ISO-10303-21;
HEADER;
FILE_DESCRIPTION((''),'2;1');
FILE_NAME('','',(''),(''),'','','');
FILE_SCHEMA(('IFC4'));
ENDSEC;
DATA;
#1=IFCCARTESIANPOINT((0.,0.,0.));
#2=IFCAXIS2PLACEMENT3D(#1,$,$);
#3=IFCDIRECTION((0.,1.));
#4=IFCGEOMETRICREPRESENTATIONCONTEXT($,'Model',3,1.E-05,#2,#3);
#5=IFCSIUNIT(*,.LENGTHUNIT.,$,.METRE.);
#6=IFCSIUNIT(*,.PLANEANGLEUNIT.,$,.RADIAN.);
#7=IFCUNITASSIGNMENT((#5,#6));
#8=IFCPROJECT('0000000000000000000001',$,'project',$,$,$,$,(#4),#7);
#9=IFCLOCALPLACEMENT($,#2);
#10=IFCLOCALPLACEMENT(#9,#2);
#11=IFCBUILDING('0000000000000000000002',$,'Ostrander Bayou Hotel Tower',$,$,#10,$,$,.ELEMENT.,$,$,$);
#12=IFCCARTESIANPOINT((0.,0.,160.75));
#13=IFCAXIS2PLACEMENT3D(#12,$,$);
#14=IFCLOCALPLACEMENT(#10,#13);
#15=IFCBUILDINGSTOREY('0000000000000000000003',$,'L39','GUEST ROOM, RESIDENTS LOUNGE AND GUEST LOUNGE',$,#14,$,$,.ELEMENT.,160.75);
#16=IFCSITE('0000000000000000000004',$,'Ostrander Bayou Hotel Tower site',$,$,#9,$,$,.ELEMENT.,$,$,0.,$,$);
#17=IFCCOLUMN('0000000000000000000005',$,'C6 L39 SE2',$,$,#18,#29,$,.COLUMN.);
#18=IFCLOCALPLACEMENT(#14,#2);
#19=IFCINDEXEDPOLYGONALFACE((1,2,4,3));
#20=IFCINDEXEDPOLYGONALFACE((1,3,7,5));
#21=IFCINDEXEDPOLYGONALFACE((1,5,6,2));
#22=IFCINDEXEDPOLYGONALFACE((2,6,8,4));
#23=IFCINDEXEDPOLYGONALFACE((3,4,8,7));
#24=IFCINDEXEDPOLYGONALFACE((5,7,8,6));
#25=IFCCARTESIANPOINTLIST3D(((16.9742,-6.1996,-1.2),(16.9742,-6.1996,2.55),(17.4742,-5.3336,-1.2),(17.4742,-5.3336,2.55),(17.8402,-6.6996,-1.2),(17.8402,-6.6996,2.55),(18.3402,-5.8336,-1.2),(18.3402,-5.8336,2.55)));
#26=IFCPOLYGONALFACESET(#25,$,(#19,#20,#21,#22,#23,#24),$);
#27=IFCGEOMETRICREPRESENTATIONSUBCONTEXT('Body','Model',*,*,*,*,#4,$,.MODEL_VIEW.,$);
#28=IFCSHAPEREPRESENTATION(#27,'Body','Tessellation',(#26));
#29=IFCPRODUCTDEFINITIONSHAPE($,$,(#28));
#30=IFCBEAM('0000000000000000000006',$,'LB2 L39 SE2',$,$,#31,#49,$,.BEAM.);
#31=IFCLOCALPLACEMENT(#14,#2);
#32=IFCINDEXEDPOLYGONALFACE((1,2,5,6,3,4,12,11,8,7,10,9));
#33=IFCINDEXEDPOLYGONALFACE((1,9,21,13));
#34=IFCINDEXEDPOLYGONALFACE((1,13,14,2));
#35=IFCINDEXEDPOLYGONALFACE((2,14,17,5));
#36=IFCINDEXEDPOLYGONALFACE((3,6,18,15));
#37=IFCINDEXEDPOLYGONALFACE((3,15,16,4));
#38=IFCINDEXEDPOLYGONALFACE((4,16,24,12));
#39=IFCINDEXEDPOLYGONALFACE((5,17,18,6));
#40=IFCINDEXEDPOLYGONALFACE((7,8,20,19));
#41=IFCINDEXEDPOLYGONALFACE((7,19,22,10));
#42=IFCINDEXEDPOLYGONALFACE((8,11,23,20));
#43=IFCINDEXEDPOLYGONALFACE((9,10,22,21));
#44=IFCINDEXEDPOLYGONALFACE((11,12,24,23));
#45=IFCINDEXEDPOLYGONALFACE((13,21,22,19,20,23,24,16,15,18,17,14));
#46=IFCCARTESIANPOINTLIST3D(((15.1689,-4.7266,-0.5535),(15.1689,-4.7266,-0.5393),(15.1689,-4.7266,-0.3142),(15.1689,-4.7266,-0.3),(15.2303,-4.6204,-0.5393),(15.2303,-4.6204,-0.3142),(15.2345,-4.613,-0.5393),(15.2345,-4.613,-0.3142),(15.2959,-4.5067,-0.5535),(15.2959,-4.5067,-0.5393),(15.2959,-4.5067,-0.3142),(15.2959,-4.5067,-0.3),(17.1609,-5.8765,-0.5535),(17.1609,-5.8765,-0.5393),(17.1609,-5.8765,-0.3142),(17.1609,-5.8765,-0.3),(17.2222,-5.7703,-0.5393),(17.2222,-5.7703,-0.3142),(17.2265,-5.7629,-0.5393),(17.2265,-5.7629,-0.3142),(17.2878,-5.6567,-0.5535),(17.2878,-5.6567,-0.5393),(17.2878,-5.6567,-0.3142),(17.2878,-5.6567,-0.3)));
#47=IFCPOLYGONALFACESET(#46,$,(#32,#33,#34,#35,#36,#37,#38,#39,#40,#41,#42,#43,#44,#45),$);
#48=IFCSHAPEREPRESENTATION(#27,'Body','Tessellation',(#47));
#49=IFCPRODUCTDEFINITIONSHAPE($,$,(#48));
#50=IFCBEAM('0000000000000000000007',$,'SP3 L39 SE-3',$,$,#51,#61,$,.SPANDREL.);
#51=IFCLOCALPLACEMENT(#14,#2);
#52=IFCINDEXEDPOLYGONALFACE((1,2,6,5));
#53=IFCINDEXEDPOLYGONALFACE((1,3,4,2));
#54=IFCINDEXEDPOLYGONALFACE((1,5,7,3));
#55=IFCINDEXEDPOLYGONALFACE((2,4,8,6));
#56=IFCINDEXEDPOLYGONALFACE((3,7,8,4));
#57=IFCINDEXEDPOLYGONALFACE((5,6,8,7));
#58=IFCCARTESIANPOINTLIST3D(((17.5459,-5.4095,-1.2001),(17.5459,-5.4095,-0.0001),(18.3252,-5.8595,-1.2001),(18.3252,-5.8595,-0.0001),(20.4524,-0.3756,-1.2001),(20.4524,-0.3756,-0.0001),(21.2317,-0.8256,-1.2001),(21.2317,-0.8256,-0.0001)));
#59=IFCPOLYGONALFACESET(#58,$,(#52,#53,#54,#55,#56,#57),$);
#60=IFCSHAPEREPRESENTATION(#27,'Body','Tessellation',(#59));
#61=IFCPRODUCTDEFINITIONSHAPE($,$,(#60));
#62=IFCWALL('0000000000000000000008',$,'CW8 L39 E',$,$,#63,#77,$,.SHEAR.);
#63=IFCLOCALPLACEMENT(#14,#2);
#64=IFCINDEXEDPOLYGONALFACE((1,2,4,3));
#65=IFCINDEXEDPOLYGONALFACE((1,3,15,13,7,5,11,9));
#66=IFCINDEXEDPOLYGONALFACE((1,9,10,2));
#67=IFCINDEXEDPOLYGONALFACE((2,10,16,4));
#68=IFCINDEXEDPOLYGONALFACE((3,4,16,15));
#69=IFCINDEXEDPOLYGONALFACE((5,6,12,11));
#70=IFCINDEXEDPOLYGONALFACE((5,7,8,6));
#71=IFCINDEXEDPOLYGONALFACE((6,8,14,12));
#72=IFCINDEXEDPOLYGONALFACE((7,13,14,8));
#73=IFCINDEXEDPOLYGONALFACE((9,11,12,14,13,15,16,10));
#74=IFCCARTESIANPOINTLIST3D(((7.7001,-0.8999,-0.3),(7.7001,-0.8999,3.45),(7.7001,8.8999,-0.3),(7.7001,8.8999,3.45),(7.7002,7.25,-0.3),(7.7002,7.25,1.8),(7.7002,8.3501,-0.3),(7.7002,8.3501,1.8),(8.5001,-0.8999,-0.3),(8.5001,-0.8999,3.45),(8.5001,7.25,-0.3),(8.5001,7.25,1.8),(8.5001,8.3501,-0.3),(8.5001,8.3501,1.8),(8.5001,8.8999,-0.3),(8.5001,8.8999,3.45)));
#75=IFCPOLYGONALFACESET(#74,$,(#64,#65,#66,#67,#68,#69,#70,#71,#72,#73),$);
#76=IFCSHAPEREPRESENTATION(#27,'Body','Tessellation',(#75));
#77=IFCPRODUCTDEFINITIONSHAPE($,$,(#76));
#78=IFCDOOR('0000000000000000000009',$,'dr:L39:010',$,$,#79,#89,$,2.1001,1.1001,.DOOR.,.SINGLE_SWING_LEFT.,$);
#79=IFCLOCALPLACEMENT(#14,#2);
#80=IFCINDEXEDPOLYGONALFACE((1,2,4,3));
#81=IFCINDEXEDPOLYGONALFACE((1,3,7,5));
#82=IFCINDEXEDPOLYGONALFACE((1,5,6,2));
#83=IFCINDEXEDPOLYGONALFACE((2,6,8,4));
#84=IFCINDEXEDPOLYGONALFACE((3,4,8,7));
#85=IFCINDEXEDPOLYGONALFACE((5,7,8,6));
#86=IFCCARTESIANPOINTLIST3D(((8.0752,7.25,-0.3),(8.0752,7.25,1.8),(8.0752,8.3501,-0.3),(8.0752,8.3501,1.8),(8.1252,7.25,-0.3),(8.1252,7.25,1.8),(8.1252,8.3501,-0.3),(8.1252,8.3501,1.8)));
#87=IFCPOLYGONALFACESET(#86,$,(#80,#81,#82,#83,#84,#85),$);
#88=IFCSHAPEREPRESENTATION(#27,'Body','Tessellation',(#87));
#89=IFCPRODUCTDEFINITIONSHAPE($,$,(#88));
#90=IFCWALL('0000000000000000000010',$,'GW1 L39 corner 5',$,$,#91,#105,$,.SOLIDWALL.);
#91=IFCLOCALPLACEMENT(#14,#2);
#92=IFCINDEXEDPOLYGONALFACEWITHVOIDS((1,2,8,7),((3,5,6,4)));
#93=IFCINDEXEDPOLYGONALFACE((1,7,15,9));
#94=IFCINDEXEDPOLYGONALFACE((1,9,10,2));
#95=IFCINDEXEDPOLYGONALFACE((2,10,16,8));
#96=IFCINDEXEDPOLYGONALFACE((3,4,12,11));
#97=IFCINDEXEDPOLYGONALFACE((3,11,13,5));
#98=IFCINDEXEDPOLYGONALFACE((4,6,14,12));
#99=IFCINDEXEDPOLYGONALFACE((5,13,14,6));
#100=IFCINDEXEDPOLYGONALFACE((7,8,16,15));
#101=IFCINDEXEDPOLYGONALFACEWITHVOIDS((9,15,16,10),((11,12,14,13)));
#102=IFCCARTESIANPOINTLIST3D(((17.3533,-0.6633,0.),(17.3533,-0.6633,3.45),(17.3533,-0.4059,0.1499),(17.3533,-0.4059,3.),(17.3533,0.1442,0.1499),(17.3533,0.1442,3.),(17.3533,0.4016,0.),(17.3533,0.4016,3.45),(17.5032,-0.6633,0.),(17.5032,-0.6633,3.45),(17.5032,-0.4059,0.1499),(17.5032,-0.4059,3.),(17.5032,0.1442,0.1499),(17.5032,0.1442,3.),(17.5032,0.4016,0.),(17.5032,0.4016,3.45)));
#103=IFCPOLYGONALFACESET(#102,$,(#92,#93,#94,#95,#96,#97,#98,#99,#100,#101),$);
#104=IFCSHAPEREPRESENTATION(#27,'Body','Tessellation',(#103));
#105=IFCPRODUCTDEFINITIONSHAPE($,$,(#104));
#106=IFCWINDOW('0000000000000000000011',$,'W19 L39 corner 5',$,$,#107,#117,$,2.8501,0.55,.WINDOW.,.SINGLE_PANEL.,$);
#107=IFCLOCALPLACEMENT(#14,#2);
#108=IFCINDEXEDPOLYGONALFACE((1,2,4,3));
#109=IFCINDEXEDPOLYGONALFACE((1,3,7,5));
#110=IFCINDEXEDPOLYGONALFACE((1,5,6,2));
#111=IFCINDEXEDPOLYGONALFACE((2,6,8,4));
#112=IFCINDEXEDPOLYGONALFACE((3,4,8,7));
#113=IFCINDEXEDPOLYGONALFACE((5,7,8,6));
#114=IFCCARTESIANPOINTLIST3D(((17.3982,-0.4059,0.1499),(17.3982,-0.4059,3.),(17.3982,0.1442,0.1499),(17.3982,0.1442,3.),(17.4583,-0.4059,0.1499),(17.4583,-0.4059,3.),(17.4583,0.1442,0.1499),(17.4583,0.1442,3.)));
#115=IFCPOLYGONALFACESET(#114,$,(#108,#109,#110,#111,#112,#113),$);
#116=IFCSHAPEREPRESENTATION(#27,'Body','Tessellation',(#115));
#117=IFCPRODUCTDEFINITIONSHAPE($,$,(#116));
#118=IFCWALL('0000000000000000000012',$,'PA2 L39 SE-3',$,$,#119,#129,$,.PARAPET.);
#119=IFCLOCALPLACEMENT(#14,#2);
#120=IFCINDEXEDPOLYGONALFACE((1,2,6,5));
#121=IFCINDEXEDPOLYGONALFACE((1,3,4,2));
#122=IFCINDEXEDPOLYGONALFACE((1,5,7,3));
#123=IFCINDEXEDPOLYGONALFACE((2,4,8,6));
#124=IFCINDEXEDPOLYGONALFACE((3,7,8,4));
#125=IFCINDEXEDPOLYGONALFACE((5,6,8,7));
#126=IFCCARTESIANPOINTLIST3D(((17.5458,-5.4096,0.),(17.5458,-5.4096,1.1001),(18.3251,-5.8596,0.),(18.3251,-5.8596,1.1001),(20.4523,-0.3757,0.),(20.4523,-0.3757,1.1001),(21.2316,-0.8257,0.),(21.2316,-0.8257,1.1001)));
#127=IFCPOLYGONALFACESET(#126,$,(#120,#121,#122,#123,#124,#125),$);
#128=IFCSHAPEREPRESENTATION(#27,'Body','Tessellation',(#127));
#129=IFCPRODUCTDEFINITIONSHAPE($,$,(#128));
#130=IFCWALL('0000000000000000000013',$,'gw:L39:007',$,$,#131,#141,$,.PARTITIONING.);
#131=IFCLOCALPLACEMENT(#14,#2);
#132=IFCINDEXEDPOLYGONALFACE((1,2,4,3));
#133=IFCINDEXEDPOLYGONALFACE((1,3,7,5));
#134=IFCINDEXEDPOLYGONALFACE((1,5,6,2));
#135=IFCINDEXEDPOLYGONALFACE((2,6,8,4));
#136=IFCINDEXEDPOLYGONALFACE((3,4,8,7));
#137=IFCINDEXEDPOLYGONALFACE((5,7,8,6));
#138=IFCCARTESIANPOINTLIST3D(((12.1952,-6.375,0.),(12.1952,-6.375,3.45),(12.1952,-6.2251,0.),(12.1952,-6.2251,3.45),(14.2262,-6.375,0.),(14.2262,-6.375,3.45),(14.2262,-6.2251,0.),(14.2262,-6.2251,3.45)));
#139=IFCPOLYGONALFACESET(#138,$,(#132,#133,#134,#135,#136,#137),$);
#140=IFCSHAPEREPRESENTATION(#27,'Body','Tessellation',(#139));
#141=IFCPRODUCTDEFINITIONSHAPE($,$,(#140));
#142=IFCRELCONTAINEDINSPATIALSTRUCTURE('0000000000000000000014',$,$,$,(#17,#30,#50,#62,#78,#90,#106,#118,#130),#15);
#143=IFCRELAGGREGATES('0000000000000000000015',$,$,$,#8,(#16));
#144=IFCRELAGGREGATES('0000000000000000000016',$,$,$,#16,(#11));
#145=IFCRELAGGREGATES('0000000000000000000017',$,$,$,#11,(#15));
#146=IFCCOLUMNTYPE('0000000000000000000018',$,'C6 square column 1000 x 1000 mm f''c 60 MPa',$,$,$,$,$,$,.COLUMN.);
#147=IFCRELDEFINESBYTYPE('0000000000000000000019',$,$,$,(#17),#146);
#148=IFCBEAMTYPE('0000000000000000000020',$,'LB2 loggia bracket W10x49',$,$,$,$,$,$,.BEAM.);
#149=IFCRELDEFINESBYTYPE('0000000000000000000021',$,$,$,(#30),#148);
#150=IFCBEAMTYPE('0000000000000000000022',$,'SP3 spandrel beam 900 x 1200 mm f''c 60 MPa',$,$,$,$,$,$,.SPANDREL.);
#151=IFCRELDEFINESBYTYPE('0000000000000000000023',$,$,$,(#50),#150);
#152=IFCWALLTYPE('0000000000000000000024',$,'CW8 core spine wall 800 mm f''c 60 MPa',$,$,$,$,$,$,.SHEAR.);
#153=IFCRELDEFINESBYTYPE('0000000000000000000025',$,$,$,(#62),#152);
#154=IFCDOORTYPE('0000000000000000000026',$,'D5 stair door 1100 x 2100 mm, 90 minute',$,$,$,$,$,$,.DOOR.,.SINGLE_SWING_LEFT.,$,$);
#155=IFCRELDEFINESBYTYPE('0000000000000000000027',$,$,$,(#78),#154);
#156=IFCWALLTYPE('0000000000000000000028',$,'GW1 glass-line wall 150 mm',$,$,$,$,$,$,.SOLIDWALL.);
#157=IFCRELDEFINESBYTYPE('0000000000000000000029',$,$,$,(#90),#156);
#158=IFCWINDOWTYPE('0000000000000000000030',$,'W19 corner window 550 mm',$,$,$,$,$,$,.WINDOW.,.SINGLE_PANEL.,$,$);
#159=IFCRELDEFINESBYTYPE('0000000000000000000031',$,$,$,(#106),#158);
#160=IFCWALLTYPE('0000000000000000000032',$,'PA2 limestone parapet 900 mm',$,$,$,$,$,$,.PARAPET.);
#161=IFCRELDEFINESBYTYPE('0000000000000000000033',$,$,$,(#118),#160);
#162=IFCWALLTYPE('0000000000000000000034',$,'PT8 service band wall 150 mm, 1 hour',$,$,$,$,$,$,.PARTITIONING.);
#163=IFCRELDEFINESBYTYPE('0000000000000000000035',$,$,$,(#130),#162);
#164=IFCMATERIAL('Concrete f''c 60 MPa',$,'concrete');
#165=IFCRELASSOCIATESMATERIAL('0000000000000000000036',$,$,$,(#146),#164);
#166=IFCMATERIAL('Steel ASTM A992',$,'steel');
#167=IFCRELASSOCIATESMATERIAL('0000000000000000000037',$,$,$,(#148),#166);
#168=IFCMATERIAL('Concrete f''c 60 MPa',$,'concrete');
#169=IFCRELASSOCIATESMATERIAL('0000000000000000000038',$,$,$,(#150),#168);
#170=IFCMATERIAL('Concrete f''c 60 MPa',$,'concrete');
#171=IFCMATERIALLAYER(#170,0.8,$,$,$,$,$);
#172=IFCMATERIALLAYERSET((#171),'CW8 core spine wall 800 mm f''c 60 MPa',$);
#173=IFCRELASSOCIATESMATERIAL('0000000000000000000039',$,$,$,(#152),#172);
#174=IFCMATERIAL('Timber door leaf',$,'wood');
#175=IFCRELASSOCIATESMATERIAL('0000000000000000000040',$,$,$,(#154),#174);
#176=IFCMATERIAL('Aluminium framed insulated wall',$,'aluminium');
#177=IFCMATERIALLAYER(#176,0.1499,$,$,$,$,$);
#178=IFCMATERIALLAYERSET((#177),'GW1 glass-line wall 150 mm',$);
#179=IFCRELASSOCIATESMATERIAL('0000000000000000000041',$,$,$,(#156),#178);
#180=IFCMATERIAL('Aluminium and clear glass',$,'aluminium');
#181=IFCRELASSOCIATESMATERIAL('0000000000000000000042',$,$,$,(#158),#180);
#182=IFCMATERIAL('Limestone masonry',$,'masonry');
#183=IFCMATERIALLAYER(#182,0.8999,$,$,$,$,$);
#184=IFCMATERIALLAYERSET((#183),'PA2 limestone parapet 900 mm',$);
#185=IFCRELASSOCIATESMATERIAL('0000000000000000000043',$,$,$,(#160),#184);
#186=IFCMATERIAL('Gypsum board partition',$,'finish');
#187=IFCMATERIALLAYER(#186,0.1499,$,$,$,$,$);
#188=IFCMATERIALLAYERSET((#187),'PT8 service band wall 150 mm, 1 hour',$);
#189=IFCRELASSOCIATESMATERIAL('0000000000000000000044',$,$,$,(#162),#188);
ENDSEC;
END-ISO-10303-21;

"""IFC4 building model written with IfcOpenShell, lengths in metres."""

from ifc_helpers import new_model, si_unit, direction, frame, frame_2d, origin, origin_2d, place, context, subcontext, project, spatial, rectangle, i_section, extrude, material, layer, layer_set, material_profile, profile_set, type_object, element, fill, save


model = new_model("IFC4")

# Units and contexts
model_context = context("Model", 3, precision=1e-05, world=origin(), true_north=direction((0.0, 1.0)))
body_context = subcontext(model_context, "Body", "Model", "MODEL_VIEW")
ifc_project = project(units=[si_unit("LENGTHUNIT", "METRE"), si_unit("PLANEANGLEUNIT", "RADIAN")], contexts=[model_context])

# Site, building, storey
site_placement = place(None, origin())
site = spatial("IfcSite", under=ifc_project, at=site_placement, Name="Ostrander Bayou Hotel Tower site", CompositionType="ELEMENT", RefElevation=0.0)
building_placement = place(site_placement, origin())
building = spatial("IfcBuilding", under=site, at=building_placement, Name="Ostrander Bayou Hotel Tower", CompositionType="ELEMENT")
storey_placement = place(building_placement, frame((0.0, 0.0, 160.75)))
storey = spatial("IfcBuildingStorey", under=building, at=storey_placement, Name="L39", Description="GUEST ROOM, RESIDENTS LOUNGE AND GUEST LOUNGE", CompositionType="ELEMENT", Elevation=160.75)

# Column
ifc_material_1 = material(Name="Concrete f'c 60 MPa", Category="concrete")
ifc_material_profile_1 = material_profile(ifc_material_1, rectangle(XDim=1.0, YDim=1.0, at=origin_2d()))
ifc_profile_set_1 = profile_set([ifc_material_profile_1], Name="Concrete f'c 60 MPa")
column_type = type_object("IfcColumnType", Name="C6 square column 1000 x 1000 mm f'c 60 MPa", PredefinedType="COLUMN", material=ifc_profile_set_1)
column_placement = place(storey_placement, frame((17.6572, -6.0166, -1.2), z_axis=(0.0, 0.0, 1.0), x_axis=(-0.5, -0.866025, 0.0)))
element("IfcColumn", 1, at=column_placement, inside=storey, type_object=column_type, Name="C6 L39 SE2", PredefinedType="COLUMN", context=body_context, shape_type="SweptSolid", body=[
    extrude(rectangle(XDim=1.0, YDim=1.0, at=origin_2d()), origin(), (0.0, 0.0, 1.0), 3.75),
])

# Beams
ifc_material_2 = material(Name="Steel ASTM A992", Category="steel")
ifc_material_profile_2 = material_profile(ifc_material_2, i_section(OverallWidth=0.2539, OverallDepth=0.2534, WebThickness=0.0085, FlangeThickness=0.0142, at=origin_2d()))
ifc_profile_set_2 = profile_set([ifc_material_profile_2], Name="Steel ASTM A992")
beam_type_1 = type_object("IfcBeamType", Name="LB2 loggia bracket W10x49", PredefinedType="BEAM", material=ifc_profile_set_2)
beam_1_placement = place(storey_placement, frame((17.2244, -5.7666, -0.4268), z_axis=(-0.866053, 0.499952, 0.0), x_axis=(-0.499952, -0.866053, 0.0)))
element("IfcBeam", 2, at=beam_1_placement, inside=storey, type_object=beam_type_1, Name="LB2 L39 SE2", PredefinedType="BEAM", context=body_context, shape_type="SweptSolid", body=[
    extrude(i_section(OverallWidth=0.2539, OverallDepth=0.2534, WebThickness=0.0085, FlangeThickness=0.0142, at=origin_2d()), origin(), (0.0, 0.0, 1.0), 2.3),
])
ifc_material_3 = material(Name="Concrete f'c 60 MPa", Category="concrete")
ifc_material_profile_3 = material_profile(ifc_material_3, rectangle(XDim=0.8999, YDim=1.2, at=origin_2d()))
ifc_profile_set_3 = profile_set([ifc_material_profile_3], Name="Concrete f'c 60 MPa")
beam_type_2 = type_object("IfcBeamType", Name="SP3 spandrel beam 900 x 1200 mm f'c 60 MPa", PredefinedType="SPANDREL", material=ifc_profile_set_3)
beam_2_placement = place(storey_placement, frame((17.9355, -5.6345, -0.6001), z_axis=(0.500019, 0.866014, 0.0), x_axis=(-0.866014, 0.500019, 0.0)))
element("IfcBeam", 3, at=beam_2_placement, inside=storey, type_object=beam_type_2, Name="SP3 L39 SE-3", PredefinedType="SPANDREL", context=body_context, shape_type="SweptSolid", body=[
    extrude(rectangle(XDim=0.8999, YDim=1.2, at=origin_2d()), origin(), (0.0, 0.0, 1.0), 5.8127),
])

# Wall, opening, door
ifc_material_4 = material(Name="Concrete f'c 60 MPa", Category="concrete")
ifc_layer_1 = layer(ifc_material_4, 0.8)
ifc_layer_set_1 = layer_set([ifc_layer_1], Name="CW8 core spine wall 800 mm f'c 60 MPa")
wall_type_1 = type_object("IfcWallType", Name="CW8 core spine wall 800 mm f'c 60 MPa", PredefinedType="SHEAR", material=ifc_layer_set_1)
wall_1_placement = place(storey_placement, frame((8.1001, -0.8999, -0.3), z_axis=(0.0, 0.0, 1.0), x_axis=(0.0, 1.0, 0.0)))
wall_1 = element("IfcWall", 4, at=wall_1_placement, inside=storey, type_object=wall_type_1, Name="CW8 L39 E", PredefinedType="SHEAR", context=body_context, shape_type="SweptSolid", body=[
    extrude(rectangle(XDim=9.7998, YDim=0.8, at=frame_2d((4.8999, 0.0))), origin(), (0.0, 0.0, 1.0), 3.75),
])
opening_1_placement = place(wall_1_placement, frame((8.1499, 0.0, 0.0)))
opening_1 = element("IfcOpeningElement", 5, at=opening_1_placement, cuts=wall_1, PredefinedType="OPENING", context=body_context, shape_type="SweptSolid", body=[
    extrude(rectangle(XDim=1.1001, YDim=2.1001, at=frame_2d((0.55, 1.05))), frame((0.0, 0.3999, 0.0), z_axis=(0.0, -1.0, 0.0), x_axis=(1.0, 0.0, 0.0)), (0.0, 0.0, 1.0), 0.8),
])
ifc_material_5 = material(Name="Timber door leaf", Category="wood")
door_type_1 = type_object("IfcDoorType", Name="D5 stair door 1100 x 2100 mm, 90 minute", OperationType="SINGLE_SWING_LEFT", PredefinedType="DOOR", material=ifc_material_5)
door_1_placement = place(opening_1_placement, origin())
door_1 = element("IfcDoor", 6, at=door_1_placement, inside=storey, type_object=door_type_1, Name="dr:L39:010", OperationType="SINGLE_SWING_LEFT", OverallHeight=2.1001, OverallWidth=1.1001, PredefinedType="DOOR", context=body_context, shape_type="SweptSolid", body=[
    extrude(rectangle(XDim=1.1001, YDim=2.1001, at=frame_2d((0.55, 1.05))), frame((0.0, 0.0249, 0.0), z_axis=(0.0, -1.0, 0.0), x_axis=(1.0, 0.0, 0.0)), (0.0, 0.0, 1.0), 0.05),
])
fill(opening_1, door_1)

# Wall, opening, window
ifc_material_6 = material(Name="Aluminium framed insulated wall", Category="aluminium")
ifc_layer_2 = layer(ifc_material_6, 0.1499)
ifc_layer_set_2 = layer_set([ifc_layer_2], Name="GW1 glass-line wall 150 mm")
wall_type_2 = type_object("IfcWallType", Name="GW1 glass-line wall 150 mm", PredefinedType="SOLIDWALL", material=ifc_layer_set_2)
wall_2_placement = place(storey_placement, frame((17.4282, -0.6633, 0.0), z_axis=(0.0, 0.0, 1.0), x_axis=(0.0, 1.0, 0.0)))
wall_2 = element("IfcWall", 7, at=wall_2_placement, inside=storey, type_object=wall_type_2, Name="GW1 L39 corner 5", PredefinedType="SOLIDWALL", context=body_context, shape_type="SweptSolid", body=[
    extrude(rectangle(XDim=1.0649, YDim=0.1499, at=frame_2d((0.5325, 0.0))), origin(), (0.0, 0.0, 1.0), 3.45),
])
opening_2_placement = place(wall_2_placement, frame((0.2576, 0.0, 0.1499)))
opening_2 = element("IfcOpeningElement", 8, at=opening_2_placement, cuts=wall_2, PredefinedType="OPENING", context=body_context, shape_type="SweptSolid", body=[
    extrude(rectangle(XDim=0.55, YDim=2.8501, at=frame_2d((0.2749, 1.425))), frame((0.0, 0.075, 0.0), z_axis=(0.0, -1.0, 0.0), x_axis=(1.0, 0.0, 0.0)), (0.0, 0.0, 1.0), 0.1499),
])
ifc_material_7 = material(Name="Aluminium and clear glass", Category="aluminium")
window_type = type_object("IfcWindowType", Name="W19 corner window 550 mm", PartitioningType="SINGLE_PANEL", PredefinedType="WINDOW", material=ifc_material_7)
window_placement = place(opening_2_placement, origin())
window = element("IfcWindow", 9, at=window_placement, inside=storey, type_object=window_type, Name="W19 L39 corner 5", OverallHeight=2.8501, OverallWidth=0.55, PartitioningType="SINGLE_PANEL", PredefinedType="WINDOW", context=body_context, shape_type="SweptSolid", body=[
    extrude(rectangle(XDim=0.55, YDim=2.8501, at=frame_2d((0.2749, 1.425))), frame((0.0, 0.03, 0.0), z_axis=(0.0, -1.0, 0.0), x_axis=(1.0, 0.0, 0.0)), (0.0, 0.0, 1.0), 0.0601),
])
fill(opening_2, window)

# Walls
ifc_material_8 = material(Name="Limestone masonry", Category="masonry")
ifc_layer_3 = layer(ifc_material_8, 0.8999)
ifc_layer_set_3 = layer_set([ifc_layer_3], Name="PA2 limestone parapet 900 mm")
wall_type_3 = type_object("IfcWallType", Name="PA2 limestone parapet 900 mm", PredefinedType="PARAPET", material=ifc_layer_set_3)
wall_3_placement = place(storey_placement, frame((17.9355, -5.6345, 0.0), z_axis=(0.0, 0.0, 1.0), x_axis=(0.500019, 0.866014, 0.0)))
element("IfcWall", 10, at=wall_3_placement, inside=storey, type_object=wall_type_3, Name="PA2 L39 SE-3", PredefinedType="PARAPET", context=body_context, shape_type="SweptSolid", body=[
    extrude(rectangle(XDim=5.8127, YDim=0.8999, at=frame_2d((2.9062, 0.0))), origin(), (0.0, 0.0, 1.0), 1.1001),
])
ifc_material_9 = material(Name="Gypsum board partition", Category="finish")
ifc_layer_4 = layer(ifc_material_9, 0.1499)
ifc_layer_set_4 = layer_set([ifc_layer_4], Name="PT8 service band wall 150 mm, 1 hour")
wall_type_4 = type_object("IfcWallType", Name="PT8 service band wall 150 mm, 1 hour", PredefinedType="PARTITIONING", material=ifc_layer_set_4)
wall_4_placement = place(storey_placement, frame((12.1951, -6.3, 0.0), z_axis=(0.0, 0.0, 1.0), x_axis=(1.0, 0.0, 0.0)))
element("IfcWall", 11, at=wall_4_placement, inside=storey, type_object=wall_type_4, Name="gw:L39:007", PredefinedType="PARTITIONING", context=body_context, shape_type="SweptSolid", body=[
    extrude(rectangle(XDim=2.031, YDim=0.1499, at=frame_2d((1.0156, 0.0))), origin(), (0.0, 0.0, 1.0), 3.45),
])

save(model, "model.ifc")
